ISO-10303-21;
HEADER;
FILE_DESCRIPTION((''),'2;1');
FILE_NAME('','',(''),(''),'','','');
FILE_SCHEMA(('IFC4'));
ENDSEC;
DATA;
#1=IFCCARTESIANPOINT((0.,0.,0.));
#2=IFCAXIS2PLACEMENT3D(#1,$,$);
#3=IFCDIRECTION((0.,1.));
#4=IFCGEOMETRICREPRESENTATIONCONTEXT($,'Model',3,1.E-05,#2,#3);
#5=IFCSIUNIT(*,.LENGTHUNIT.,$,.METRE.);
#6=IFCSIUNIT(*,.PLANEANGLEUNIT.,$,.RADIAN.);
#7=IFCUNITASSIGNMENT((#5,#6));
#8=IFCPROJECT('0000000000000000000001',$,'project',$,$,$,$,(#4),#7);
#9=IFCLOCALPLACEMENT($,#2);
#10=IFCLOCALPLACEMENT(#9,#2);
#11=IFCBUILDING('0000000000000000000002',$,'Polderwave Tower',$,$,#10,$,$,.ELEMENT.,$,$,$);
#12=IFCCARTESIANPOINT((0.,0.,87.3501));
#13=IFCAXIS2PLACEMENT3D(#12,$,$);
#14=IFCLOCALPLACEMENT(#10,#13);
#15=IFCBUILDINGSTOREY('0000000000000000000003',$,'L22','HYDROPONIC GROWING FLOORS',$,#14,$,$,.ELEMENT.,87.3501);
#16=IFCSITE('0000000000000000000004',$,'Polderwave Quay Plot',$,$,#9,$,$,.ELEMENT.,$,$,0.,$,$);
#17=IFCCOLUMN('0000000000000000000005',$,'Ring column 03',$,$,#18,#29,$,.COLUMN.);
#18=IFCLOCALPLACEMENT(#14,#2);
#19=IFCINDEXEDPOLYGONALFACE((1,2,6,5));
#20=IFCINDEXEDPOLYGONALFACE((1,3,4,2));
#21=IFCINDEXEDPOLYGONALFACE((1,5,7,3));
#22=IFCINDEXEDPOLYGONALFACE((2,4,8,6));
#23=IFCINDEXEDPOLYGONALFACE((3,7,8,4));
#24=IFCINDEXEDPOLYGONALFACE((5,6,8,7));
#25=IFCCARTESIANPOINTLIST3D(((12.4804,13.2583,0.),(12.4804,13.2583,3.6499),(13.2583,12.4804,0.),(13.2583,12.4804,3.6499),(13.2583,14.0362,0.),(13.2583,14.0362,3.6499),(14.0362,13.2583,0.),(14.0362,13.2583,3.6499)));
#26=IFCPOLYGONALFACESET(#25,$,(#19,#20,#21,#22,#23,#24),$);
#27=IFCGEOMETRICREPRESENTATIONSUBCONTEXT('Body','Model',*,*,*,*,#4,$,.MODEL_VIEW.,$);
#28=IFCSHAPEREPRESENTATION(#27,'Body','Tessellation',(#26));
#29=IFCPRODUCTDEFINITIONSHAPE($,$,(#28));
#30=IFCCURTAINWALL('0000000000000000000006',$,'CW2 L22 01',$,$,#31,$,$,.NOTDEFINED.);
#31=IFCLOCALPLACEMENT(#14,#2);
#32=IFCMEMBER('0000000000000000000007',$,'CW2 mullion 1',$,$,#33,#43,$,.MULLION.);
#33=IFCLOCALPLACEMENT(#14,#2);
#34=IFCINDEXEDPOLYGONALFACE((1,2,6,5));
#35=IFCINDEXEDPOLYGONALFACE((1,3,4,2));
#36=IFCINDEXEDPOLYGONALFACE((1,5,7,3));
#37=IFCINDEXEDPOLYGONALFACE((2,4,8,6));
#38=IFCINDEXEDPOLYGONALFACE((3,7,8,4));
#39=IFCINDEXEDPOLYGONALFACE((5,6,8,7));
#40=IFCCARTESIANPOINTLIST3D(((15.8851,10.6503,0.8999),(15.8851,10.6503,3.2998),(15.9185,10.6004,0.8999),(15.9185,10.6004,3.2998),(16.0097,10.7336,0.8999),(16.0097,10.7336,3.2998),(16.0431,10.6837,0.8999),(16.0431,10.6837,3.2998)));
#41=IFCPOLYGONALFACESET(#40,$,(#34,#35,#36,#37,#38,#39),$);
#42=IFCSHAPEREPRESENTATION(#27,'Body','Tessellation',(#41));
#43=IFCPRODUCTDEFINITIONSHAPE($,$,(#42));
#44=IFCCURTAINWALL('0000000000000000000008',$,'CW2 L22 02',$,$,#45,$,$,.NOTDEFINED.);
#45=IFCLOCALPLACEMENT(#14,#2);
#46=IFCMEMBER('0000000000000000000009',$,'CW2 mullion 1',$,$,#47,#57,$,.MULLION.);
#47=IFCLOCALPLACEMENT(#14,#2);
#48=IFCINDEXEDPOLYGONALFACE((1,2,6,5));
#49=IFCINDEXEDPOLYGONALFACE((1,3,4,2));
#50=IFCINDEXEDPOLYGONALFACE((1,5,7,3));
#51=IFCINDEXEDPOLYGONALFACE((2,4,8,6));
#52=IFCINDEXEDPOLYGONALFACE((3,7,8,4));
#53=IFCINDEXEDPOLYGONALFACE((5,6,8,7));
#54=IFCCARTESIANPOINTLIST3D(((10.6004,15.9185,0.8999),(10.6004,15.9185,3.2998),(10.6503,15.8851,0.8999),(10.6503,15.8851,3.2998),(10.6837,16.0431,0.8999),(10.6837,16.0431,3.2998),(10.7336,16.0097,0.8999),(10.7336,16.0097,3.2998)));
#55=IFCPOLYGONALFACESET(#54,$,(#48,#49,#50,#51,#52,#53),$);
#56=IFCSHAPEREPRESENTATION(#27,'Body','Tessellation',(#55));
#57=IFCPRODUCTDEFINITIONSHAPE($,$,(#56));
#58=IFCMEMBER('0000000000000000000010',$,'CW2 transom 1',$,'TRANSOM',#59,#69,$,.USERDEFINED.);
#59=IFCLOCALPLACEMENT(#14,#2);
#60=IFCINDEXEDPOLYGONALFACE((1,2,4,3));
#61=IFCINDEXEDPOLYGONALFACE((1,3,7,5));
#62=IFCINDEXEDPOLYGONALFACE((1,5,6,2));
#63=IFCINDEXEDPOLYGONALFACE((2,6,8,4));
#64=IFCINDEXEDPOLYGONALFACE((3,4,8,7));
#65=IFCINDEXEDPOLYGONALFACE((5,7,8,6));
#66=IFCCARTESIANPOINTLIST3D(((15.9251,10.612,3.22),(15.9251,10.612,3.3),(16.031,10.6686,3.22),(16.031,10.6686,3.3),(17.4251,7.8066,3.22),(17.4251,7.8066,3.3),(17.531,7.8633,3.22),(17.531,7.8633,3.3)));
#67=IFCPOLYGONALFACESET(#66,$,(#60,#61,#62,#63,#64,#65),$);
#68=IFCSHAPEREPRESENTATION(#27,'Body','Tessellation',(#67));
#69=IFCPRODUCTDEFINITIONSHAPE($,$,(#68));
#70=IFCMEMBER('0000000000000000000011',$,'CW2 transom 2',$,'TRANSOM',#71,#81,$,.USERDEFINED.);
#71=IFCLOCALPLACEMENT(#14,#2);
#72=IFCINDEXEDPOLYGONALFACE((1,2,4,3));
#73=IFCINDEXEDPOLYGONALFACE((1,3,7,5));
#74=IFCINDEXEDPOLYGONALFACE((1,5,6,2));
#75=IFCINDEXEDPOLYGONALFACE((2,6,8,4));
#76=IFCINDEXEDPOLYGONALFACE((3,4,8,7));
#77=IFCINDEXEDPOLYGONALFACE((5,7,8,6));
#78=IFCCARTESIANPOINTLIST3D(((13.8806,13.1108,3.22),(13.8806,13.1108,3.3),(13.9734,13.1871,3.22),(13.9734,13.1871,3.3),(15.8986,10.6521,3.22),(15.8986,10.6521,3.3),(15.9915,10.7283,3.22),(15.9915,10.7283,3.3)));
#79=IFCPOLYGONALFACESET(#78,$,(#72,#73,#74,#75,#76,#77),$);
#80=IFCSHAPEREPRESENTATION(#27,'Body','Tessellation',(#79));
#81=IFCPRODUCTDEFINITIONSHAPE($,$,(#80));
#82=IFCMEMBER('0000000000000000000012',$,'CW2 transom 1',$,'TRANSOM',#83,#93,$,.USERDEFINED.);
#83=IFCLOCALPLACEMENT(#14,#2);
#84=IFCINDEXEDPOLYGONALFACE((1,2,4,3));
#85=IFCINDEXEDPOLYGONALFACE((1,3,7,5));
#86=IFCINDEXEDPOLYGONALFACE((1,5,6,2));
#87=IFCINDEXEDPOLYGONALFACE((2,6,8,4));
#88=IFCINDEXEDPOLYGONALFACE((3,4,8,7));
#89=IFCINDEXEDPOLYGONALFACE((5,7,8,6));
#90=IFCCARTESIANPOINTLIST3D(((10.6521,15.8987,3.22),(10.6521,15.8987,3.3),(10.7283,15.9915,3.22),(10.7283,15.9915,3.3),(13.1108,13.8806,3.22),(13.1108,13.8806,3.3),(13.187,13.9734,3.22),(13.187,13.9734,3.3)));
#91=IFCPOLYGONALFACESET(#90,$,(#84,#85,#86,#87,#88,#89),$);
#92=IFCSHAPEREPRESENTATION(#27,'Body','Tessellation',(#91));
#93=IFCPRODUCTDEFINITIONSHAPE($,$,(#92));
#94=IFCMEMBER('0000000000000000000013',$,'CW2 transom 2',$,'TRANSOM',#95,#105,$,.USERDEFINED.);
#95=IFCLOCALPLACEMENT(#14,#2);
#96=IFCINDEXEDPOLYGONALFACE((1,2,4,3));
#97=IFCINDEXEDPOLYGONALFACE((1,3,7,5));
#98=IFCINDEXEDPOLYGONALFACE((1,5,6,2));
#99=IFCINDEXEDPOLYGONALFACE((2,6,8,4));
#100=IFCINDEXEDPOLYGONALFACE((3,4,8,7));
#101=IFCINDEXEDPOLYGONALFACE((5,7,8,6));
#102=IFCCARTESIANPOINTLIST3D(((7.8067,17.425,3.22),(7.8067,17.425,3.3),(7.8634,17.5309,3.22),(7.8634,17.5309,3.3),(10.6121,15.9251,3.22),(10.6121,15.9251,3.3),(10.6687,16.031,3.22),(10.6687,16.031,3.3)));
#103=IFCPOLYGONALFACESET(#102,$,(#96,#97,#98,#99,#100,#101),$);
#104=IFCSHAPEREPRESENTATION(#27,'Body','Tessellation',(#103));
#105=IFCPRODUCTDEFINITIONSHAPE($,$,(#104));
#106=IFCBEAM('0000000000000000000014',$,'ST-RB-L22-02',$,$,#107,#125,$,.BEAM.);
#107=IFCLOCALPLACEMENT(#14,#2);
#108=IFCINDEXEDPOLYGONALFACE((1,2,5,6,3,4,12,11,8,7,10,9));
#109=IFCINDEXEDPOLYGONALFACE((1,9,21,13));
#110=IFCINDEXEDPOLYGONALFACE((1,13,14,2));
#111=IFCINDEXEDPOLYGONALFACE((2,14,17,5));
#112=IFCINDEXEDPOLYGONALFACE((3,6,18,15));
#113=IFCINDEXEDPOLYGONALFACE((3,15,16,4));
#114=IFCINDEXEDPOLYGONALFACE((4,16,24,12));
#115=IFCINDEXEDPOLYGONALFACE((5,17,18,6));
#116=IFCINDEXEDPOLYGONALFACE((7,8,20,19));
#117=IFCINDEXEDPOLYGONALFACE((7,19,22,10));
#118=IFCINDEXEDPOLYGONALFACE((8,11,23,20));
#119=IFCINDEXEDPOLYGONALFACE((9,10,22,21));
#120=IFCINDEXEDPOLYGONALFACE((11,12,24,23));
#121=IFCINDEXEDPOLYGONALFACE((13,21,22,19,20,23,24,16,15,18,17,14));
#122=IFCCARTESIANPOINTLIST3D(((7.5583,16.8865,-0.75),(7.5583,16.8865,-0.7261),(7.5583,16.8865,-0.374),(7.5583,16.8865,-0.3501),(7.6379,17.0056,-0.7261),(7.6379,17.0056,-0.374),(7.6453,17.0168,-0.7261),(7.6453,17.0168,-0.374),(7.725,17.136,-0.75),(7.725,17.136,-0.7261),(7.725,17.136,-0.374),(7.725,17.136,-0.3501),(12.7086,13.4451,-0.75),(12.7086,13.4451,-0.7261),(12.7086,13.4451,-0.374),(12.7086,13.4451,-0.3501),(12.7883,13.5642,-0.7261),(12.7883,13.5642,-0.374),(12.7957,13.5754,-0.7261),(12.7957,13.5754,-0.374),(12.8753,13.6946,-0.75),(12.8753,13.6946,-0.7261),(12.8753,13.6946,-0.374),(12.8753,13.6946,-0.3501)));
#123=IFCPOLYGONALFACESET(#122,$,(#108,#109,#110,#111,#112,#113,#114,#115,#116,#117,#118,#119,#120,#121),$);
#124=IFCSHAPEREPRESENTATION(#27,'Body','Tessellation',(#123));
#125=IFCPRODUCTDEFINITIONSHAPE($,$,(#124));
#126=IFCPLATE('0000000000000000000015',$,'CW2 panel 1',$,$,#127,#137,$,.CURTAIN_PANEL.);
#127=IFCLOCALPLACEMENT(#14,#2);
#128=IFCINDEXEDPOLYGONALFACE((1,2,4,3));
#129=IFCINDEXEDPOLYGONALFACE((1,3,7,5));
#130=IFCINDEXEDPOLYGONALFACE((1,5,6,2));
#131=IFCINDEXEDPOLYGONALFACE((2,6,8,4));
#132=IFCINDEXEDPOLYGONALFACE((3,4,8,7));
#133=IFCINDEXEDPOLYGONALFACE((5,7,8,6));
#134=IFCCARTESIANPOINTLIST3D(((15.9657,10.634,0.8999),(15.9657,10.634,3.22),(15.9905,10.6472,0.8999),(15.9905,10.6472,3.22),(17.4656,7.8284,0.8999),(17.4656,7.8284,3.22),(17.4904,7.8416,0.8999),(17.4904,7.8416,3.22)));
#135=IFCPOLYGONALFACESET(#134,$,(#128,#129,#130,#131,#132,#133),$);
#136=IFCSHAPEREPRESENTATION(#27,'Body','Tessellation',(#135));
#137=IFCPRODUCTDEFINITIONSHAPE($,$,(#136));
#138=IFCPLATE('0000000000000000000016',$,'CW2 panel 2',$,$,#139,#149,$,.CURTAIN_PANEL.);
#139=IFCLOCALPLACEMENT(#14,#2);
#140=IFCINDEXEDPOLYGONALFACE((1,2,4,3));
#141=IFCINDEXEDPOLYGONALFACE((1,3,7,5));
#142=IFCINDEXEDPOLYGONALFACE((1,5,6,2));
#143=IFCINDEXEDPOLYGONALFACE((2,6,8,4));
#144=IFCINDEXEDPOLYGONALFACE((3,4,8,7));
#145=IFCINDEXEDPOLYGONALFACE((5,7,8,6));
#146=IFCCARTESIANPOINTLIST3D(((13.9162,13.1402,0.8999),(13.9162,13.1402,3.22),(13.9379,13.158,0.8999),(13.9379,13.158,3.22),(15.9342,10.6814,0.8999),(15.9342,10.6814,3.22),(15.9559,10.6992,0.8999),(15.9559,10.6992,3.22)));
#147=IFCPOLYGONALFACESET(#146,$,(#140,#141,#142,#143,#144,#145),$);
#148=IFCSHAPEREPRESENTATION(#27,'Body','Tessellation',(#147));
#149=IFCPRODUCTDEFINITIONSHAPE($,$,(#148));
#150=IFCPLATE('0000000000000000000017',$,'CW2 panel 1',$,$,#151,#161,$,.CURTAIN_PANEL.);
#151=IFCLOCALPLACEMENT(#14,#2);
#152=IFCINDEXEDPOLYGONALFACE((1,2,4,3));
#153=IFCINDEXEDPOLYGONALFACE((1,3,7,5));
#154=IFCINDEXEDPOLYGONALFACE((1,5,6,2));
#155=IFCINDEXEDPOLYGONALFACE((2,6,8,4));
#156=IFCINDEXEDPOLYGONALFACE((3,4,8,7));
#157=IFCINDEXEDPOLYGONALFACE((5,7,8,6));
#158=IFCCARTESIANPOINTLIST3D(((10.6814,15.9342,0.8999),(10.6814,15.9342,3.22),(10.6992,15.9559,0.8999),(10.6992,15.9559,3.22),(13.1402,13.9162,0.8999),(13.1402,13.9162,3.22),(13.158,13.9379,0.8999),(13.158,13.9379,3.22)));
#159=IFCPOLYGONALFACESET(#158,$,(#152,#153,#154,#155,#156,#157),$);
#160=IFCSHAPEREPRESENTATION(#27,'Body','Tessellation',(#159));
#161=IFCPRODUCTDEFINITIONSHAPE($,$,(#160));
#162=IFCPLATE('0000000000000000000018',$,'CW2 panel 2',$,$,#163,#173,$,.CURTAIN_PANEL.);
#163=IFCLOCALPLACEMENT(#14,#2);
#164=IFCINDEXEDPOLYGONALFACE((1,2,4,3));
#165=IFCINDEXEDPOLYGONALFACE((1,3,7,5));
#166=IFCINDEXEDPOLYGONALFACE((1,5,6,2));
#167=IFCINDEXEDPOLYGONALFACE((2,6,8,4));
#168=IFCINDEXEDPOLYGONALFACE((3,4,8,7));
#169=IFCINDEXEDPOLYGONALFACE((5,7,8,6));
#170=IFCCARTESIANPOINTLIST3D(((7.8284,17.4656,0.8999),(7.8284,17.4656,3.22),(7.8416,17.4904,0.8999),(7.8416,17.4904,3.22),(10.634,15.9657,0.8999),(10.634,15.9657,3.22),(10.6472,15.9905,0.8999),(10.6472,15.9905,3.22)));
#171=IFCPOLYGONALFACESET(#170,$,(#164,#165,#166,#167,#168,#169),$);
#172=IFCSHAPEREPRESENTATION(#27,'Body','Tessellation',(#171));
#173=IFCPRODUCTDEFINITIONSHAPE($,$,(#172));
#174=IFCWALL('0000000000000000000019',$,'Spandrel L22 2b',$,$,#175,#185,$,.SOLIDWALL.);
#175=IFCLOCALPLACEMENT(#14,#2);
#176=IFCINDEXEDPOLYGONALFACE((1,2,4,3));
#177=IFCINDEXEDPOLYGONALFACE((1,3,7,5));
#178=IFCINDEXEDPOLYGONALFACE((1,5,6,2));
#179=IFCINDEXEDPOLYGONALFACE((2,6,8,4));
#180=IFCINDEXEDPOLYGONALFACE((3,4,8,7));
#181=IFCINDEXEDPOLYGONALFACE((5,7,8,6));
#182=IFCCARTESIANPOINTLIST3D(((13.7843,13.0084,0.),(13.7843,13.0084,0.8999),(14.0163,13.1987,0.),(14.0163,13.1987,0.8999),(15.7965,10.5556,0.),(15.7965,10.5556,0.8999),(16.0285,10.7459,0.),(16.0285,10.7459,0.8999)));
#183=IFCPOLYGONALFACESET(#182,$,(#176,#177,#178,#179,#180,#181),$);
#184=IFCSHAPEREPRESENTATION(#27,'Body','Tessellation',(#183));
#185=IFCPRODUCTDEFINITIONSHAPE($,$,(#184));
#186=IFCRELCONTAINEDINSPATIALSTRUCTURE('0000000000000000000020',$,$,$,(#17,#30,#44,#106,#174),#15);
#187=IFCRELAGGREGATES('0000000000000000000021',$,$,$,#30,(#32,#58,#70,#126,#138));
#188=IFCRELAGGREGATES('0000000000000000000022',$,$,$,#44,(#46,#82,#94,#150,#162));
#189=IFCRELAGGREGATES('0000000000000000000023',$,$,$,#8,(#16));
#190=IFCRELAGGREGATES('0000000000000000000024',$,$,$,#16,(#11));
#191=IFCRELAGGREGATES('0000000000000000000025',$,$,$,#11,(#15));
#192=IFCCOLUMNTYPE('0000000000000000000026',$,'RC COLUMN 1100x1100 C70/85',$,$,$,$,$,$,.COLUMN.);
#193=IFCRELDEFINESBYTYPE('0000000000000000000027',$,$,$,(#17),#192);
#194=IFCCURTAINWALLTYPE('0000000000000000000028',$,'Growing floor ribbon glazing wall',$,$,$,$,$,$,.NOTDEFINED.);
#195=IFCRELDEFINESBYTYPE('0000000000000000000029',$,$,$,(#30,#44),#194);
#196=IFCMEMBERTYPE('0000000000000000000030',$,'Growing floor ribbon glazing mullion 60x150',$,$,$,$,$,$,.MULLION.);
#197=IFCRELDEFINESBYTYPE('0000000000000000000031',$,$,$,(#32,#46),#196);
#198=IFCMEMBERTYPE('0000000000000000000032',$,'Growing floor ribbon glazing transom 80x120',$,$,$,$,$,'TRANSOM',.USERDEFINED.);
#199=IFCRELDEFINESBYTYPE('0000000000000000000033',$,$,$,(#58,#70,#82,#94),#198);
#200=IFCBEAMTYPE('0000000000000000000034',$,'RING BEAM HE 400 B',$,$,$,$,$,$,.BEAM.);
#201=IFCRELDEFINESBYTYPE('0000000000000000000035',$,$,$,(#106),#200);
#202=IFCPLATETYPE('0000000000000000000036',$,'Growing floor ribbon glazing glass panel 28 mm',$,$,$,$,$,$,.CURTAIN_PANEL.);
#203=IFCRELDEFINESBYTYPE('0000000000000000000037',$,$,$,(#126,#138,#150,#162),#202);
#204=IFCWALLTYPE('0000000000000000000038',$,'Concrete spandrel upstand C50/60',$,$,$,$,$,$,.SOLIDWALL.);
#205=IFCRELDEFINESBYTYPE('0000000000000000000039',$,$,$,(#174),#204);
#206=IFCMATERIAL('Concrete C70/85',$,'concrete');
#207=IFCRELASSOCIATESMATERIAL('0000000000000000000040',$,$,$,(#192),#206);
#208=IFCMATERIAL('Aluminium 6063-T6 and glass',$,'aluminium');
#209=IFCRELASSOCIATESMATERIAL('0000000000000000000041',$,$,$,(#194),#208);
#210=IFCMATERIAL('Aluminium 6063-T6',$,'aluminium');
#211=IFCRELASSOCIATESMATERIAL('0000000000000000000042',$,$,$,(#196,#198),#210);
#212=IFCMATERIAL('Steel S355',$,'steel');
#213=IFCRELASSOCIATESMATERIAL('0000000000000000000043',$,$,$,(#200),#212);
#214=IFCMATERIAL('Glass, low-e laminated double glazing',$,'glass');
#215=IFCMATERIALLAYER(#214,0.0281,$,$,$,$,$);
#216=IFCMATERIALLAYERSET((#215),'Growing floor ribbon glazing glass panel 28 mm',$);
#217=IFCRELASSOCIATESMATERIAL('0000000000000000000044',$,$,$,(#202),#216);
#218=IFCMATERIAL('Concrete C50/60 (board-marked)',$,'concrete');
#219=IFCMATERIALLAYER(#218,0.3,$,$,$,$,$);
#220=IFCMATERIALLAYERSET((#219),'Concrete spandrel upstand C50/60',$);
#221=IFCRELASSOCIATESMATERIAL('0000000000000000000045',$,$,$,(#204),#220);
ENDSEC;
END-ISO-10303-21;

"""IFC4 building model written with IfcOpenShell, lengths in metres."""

from ifc_helpers import new_model, si_unit, direction, frame, frame_2d, origin, origin_2d, place, context, subcontext, project, spatial, rectangle, i_section, extrude, material, layer, layer_set, material_profile, profile_set, type_object, element, aggregate, save


model = new_model("IFC4")

# Units and contexts
model_context = context("Model", 3, precision=1e-05, world=origin(), true_north=direction((0.0, 1.0)))
body_context = subcontext(model_context, "Body", "Model", "MODEL_VIEW")
ifc_project = project(units=[si_unit("LENGTHUNIT", "METRE"), si_unit("PLANEANGLEUNIT", "RADIAN")], contexts=[model_context])

# Site, building, storey
site_placement = place(None, origin())
site = spatial("IfcSite", under=ifc_project, at=site_placement, Name="Polderwave Quay Plot", CompositionType="ELEMENT", RefElevation=0.0)
building_placement = place(site_placement, origin())
building = spatial("IfcBuilding", under=site, at=building_placement, Name="Polderwave Tower", CompositionType="ELEMENT")
storey_placement = place(building_placement, frame((0.0, 0.0, 87.3501)))
storey = spatial("IfcBuildingStorey", under=building, at=storey_placement, Name="L22", Description="HYDROPONIC GROWING FLOORS", CompositionType="ELEMENT", Elevation=87.3501)

# Column
ifc_material_1 = material(Name="Concrete C70/85", Category="concrete")
ifc_material_profile_1 = material_profile(ifc_material_1, rectangle(XDim=1.1001, YDim=1.1001, at=origin_2d()), Name="RC 1100x1100")
ifc_profile_set_1 = profile_set([ifc_material_profile_1], Name="Concrete C70/85")
column_type = type_object("IfcColumnType", Name="RC COLUMN 1100x1100 C70/85", PredefinedType="COLUMN", material=ifc_profile_set_1)
column_placement = place(storey_placement, frame((13.2583, 13.2583, 0.0), z_axis=(0.0, 0.0, 1.0), x_axis=(0.707107, 0.707107, 0.0)))
element("IfcColumn", 1, at=column_placement, inside=storey, type_object=column_type, Name="Ring column 03", PredefinedType="COLUMN", context=body_context, shape_type="SweptSolid", body=[
    extrude(rectangle(XDim=1.1001, YDim=1.1001, at=origin_2d()), origin(), (0.0, 0.0, 1.0), 3.6499),
])

# Curtain walls, members
ifc_material_2 = material(Name="Aluminium 6063-T6 and glass", Category="aluminium")
curtain_wall_type = type_object("IfcCurtainWallType", Name="Growing floor ribbon glazing wall", PredefinedType="NOTDEFINED", material=ifc_material_2)
curtain_wall_1_placement = place(storey_placement, origin())
curtain_wall_1 = element("IfcCurtainWall", 2, at=curtain_wall_1_placement, inside=storey, type_object=curtain_wall_type, Name="CW2 L22 01", PredefinedType="NOTDEFINED")
ifc_material_3 = material(Name="Aluminium 6063-T6", Category="aluminium")
ifc_material_profile_2 = material_profile(ifc_material_3, rectangle(XDim=0.1499, YDim=0.0601, at=origin_2d()), Name="AL 60x150")
ifc_profile_set_2 = profile_set([ifc_material_profile_2], Name="Aluminium 6063-T6")
member_type_1 = type_object("IfcMemberType", Name="Growing floor ribbon glazing mullion 60x150", PredefinedType="MULLION", material=ifc_profile_set_2)
member_1_placement = place(storey_placement, frame((15.9641, 10.667, 0.8999), z_axis=(0.0, 0.0, 1.0), x_axis=(-0.831444, -0.555608, 0.0)))
member_1 = element("IfcMember", 3, at=member_1_placement, type_object=member_type_1, Name="CW2 mullion 1", PredefinedType="MULLION", context=body_context, shape_type="SweptSolid", body=[
    extrude(rectangle(XDim=0.1499, YDim=0.0601, at=origin_2d()), origin(), (0.0, 0.0, 1.0), 2.3999),
])
curtain_wall_2_placement = place(storey_placement, origin())
curtain_wall_2 = element("IfcCurtainWall", 4, at=curtain_wall_2_placement, inside=storey, type_object=curtain_wall_type, Name="CW2 L22 02", PredefinedType="NOTDEFINED")
member_2_placement = place(storey_placement, frame((10.667, 15.9641, 0.8999), z_axis=(0.0, 0.0, 1.0), x_axis=(-0.555608, -0.831444, 0.0)))
member_2 = element("IfcMember", 5, at=member_2_placement, type_object=member_type_1, Name="CW2 mullion 1", PredefinedType="MULLION", context=body_context, shape_type="SweptSolid", body=[
    extrude(rectangle(XDim=0.1499, YDim=0.0601, at=origin_2d()), origin(), (0.0, 0.0, 1.0), 2.3999),
])

# Members
ifc_material_profile_3 = material_profile(ifc_material_3, rectangle(XDim=0.1201, YDim=0.0801, at=origin_2d()), Name="AL 80x120")
ifc_profile_set_3 = profile_set([ifc_material_profile_3], Name="Aluminium 6063-T6")
member_type_2 = type_object("IfcMemberType", Name="Growing floor ribbon glazing transom 80x120", ElementType="TRANSOM", PredefinedType="USERDEFINED", material=ifc_profile_set_3)
member_3_placement = place(storey_placement, frame((17.478, 7.835, 3.26), z_axis=(-0.471512, 0.88186, 0.0), x_axis=(-0.88186, -0.471512, 0.0)))
member_3 = element("IfcMember", 6, at=member_3_placement, type_object=member_type_2, Name="CW2 transom 1", ObjectType="TRANSOM", PredefinedType="USERDEFINED", context=body_context, shape_type="SweptSolid", body=[
    extrude(rectangle(XDim=0.1201, YDim=0.0801, at=origin_2d()), origin(), (0.0, 0.0, 1.0), 3.1812),
])
member_4_placement = place(storey_placement, frame((15.9451, 10.6902, 3.26), z_axis=(-0.634437, 0.772975, 0.0), x_axis=(-0.772975, -0.634437, 0.0)))
member_4 = element("IfcMember", 7, at=member_4_placement, type_object=member_type_2, Name="CW2 transom 2", ObjectType="TRANSOM", PredefinedType="USERDEFINED", context=body_context, shape_type="SweptSolid", body=[
    extrude(rectangle(XDim=0.1201, YDim=0.0801, at=origin_2d()), origin(), (0.0, 0.0, 1.0), 3.1809),
])
member_5_placement = place(storey_placement, frame((13.1489, 13.927, 3.26), z_axis=(-0.772975, 0.634437, 0.0), x_axis=(-0.634437, -0.772975, 0.0)))
member_5 = element("IfcMember", 8, at=member_5_placement, type_object=member_type_2, Name="CW2 transom 1", ObjectType="TRANSOM", PredefinedType="USERDEFINED", context=body_context, shape_type="SweptSolid", body=[
    extrude(rectangle(XDim=0.1201, YDim=0.0801, at=origin_2d()), origin(), (0.0, 0.0, 1.0), 3.1809),
])
member_6_placement = place(storey_placement, frame((10.6404, 15.978, 3.26), z_axis=(-0.88186, 0.471512, 0.0), x_axis=(-0.471512, -0.88186, 0.0)))
member_6 = element("IfcMember", 9, at=member_6_placement, type_object=member_type_2, Name="CW2 transom 2", ObjectType="TRANSOM", PredefinedType="USERDEFINED", context=body_context, shape_type="SweptSolid", body=[
    extrude(rectangle(XDim=0.1201, YDim=0.0801, at=origin_2d()), origin(), (0.0, 0.0, 1.0), 3.1812),
])

# Beam
ifc_material_4 = material(Name="Steel S355", Category="steel")
ifc_material_profile_4 = material_profile(ifc_material_4, i_section(OverallWidth=0.3, OverallDepth=0.3999, WebThickness=0.0134, FlangeThickness=0.0239, at=origin_2d()), Name="HE 400 B")
ifc_profile_set_4 = profile_set([ifc_material_profile_4], Name="Steel S355")
beam_type = type_object("IfcBeamType", Name="RING BEAM HE 400 B", PredefinedType="BEAM", material=ifc_profile_set_4)
beam_placement = place(storey_placement, frame((12.792, 13.5698, -0.55), z_axis=(-0.831468, 0.555573, 0.0), x_axis=(-0.555573, -0.831468, 0.0)))
element("IfcBeam", 10, at=beam_placement, inside=storey, type_object=beam_type, Name="ST-RB-L22-02", PredefinedType="BEAM", context=body_context, shape_type="SweptSolid", body=[
    extrude(i_section(OverallWidth=0.3, OverallDepth=0.3999, WebThickness=0.0134, FlangeThickness=0.0239, at=origin_2d()), origin(), (0.0, 0.0, 1.0), 6.1943),
])

# Plates
ifc_material_5 = material(Name="Glass, low-e laminated double glazing", Category="glass")
ifc_layer_1 = layer(ifc_material_5, 0.0281)
ifc_layer_set_1 = layer_set([ifc_layer_1], Name="Growing floor ribbon glazing glass panel 28 mm")
plate_type = type_object("IfcPlateType", Name="Growing floor ribbon glazing glass panel 28 mm", PredefinedType="CURTAIN_PANEL", material=ifc_layer_set_1)
plate_1_placement = place(storey_placement, frame((16.728, 9.2378, 0.8999), z_axis=(0.0, 0.0, 1.0), x_axis=(-0.471461, 0.881887, 0.0)))
plate_1 = element("IfcPlate", 11, at=plate_1_placement, type_object=plate_type, Name="CW2 panel 1", PredefinedType="CURTAIN_PANEL", context=body_context, shape_type="SweptSolid", body=[
    extrude(rectangle(XDim=3.1814, YDim=0.0281, at=origin_2d()), origin(), (0.0, 0.0, 1.0), 2.3201),
])
plate_2_placement = place(storey_placement, frame((14.936, 11.9197, 0.8999), z_axis=(0.0, 0.0, 1.0), x_axis=(-0.634407, 0.772999, 0.0)))
plate_2 = element("IfcPlate", 12, at=plate_2_placement, type_object=plate_type, Name="CW2 panel 2", PredefinedType="CURTAIN_PANEL", context=body_context, shape_type="SweptSolid", body=[
    extrude(rectangle(XDim=3.1809, YDim=0.0281, at=origin_2d()), origin(), (0.0, 0.0, 1.0), 2.3201),
])
aggregate(curtain_wall_1, [member_1, member_3, member_4, plate_1, plate_2])
plate_3_placement = place(storey_placement, frame((11.9197, 14.936, 0.8999), z_axis=(0.0, 0.0, 1.0), x_axis=(-0.772999, 0.634407, 0.0)))
plate_3 = element("IfcPlate", 13, at=plate_3_placement, type_object=plate_type, Name="CW2 panel 1", PredefinedType="CURTAIN_PANEL", context=body_context, shape_type="SweptSolid", body=[
    extrude(rectangle(XDim=3.1809, YDim=0.0281, at=origin_2d()), origin(), (0.0, 0.0, 1.0), 2.3201),
])
plate_4_placement = place(storey_placement, frame((9.2378, 16.728, 0.8999), z_axis=(0.0, 0.0, 1.0), x_axis=(-0.881887, 0.471461, 0.0)))
plate_4 = element("IfcPlate", 14, at=plate_4_placement, type_object=plate_type, Name="CW2 panel 2", PredefinedType="CURTAIN_PANEL", context=body_context, shape_type="SweptSolid", body=[
    extrude(rectangle(XDim=3.1814, YDim=0.0281, at=origin_2d()), origin(), (0.0, 0.0, 1.0), 2.3201),
])
aggregate(curtain_wall_2, [member_2, member_5, member_6, plate_3, plate_4])

# Wall
ifc_material_6 = material(Name="Concrete C50/60 (board-marked)", Category="concrete")
ifc_layer_2 = layer(ifc_material_6, 0.3)
ifc_layer_set_2 = layer_set([ifc_layer_2], Name="Concrete spandrel upstand C50/60")
wall_type_1 = type_object("IfcWallType", Name="Concrete spandrel upstand C50/60", PredefinedType="SOLIDWALL", material=ifc_layer_set_2)
for number, where, z_axis, x_axis, name in (
    (15, (15.9126, 10.6506, 0.0), (0.0, 0.0, 1.0), (-0.634239, 0.773137, 0.0), "Spandrel L22 2b"),
):
    element("IfcWall", number, at=place(storey_placement, frame(where, z_axis=z_axis, x_axis=x_axis)), inside=storey, type_object=wall_type_1, Name=name, PredefinedType="SOLIDWALL", context=body_context, shape_type="SweptSolid", body=[
        extrude(rectangle(XDim=3.1726, YDim=0.3, at=frame_2d((1.5864, 0.0))), origin(), (0.0, 0.0, 1.0), 0.8999),
    ])

save(model, "model.ifc")
